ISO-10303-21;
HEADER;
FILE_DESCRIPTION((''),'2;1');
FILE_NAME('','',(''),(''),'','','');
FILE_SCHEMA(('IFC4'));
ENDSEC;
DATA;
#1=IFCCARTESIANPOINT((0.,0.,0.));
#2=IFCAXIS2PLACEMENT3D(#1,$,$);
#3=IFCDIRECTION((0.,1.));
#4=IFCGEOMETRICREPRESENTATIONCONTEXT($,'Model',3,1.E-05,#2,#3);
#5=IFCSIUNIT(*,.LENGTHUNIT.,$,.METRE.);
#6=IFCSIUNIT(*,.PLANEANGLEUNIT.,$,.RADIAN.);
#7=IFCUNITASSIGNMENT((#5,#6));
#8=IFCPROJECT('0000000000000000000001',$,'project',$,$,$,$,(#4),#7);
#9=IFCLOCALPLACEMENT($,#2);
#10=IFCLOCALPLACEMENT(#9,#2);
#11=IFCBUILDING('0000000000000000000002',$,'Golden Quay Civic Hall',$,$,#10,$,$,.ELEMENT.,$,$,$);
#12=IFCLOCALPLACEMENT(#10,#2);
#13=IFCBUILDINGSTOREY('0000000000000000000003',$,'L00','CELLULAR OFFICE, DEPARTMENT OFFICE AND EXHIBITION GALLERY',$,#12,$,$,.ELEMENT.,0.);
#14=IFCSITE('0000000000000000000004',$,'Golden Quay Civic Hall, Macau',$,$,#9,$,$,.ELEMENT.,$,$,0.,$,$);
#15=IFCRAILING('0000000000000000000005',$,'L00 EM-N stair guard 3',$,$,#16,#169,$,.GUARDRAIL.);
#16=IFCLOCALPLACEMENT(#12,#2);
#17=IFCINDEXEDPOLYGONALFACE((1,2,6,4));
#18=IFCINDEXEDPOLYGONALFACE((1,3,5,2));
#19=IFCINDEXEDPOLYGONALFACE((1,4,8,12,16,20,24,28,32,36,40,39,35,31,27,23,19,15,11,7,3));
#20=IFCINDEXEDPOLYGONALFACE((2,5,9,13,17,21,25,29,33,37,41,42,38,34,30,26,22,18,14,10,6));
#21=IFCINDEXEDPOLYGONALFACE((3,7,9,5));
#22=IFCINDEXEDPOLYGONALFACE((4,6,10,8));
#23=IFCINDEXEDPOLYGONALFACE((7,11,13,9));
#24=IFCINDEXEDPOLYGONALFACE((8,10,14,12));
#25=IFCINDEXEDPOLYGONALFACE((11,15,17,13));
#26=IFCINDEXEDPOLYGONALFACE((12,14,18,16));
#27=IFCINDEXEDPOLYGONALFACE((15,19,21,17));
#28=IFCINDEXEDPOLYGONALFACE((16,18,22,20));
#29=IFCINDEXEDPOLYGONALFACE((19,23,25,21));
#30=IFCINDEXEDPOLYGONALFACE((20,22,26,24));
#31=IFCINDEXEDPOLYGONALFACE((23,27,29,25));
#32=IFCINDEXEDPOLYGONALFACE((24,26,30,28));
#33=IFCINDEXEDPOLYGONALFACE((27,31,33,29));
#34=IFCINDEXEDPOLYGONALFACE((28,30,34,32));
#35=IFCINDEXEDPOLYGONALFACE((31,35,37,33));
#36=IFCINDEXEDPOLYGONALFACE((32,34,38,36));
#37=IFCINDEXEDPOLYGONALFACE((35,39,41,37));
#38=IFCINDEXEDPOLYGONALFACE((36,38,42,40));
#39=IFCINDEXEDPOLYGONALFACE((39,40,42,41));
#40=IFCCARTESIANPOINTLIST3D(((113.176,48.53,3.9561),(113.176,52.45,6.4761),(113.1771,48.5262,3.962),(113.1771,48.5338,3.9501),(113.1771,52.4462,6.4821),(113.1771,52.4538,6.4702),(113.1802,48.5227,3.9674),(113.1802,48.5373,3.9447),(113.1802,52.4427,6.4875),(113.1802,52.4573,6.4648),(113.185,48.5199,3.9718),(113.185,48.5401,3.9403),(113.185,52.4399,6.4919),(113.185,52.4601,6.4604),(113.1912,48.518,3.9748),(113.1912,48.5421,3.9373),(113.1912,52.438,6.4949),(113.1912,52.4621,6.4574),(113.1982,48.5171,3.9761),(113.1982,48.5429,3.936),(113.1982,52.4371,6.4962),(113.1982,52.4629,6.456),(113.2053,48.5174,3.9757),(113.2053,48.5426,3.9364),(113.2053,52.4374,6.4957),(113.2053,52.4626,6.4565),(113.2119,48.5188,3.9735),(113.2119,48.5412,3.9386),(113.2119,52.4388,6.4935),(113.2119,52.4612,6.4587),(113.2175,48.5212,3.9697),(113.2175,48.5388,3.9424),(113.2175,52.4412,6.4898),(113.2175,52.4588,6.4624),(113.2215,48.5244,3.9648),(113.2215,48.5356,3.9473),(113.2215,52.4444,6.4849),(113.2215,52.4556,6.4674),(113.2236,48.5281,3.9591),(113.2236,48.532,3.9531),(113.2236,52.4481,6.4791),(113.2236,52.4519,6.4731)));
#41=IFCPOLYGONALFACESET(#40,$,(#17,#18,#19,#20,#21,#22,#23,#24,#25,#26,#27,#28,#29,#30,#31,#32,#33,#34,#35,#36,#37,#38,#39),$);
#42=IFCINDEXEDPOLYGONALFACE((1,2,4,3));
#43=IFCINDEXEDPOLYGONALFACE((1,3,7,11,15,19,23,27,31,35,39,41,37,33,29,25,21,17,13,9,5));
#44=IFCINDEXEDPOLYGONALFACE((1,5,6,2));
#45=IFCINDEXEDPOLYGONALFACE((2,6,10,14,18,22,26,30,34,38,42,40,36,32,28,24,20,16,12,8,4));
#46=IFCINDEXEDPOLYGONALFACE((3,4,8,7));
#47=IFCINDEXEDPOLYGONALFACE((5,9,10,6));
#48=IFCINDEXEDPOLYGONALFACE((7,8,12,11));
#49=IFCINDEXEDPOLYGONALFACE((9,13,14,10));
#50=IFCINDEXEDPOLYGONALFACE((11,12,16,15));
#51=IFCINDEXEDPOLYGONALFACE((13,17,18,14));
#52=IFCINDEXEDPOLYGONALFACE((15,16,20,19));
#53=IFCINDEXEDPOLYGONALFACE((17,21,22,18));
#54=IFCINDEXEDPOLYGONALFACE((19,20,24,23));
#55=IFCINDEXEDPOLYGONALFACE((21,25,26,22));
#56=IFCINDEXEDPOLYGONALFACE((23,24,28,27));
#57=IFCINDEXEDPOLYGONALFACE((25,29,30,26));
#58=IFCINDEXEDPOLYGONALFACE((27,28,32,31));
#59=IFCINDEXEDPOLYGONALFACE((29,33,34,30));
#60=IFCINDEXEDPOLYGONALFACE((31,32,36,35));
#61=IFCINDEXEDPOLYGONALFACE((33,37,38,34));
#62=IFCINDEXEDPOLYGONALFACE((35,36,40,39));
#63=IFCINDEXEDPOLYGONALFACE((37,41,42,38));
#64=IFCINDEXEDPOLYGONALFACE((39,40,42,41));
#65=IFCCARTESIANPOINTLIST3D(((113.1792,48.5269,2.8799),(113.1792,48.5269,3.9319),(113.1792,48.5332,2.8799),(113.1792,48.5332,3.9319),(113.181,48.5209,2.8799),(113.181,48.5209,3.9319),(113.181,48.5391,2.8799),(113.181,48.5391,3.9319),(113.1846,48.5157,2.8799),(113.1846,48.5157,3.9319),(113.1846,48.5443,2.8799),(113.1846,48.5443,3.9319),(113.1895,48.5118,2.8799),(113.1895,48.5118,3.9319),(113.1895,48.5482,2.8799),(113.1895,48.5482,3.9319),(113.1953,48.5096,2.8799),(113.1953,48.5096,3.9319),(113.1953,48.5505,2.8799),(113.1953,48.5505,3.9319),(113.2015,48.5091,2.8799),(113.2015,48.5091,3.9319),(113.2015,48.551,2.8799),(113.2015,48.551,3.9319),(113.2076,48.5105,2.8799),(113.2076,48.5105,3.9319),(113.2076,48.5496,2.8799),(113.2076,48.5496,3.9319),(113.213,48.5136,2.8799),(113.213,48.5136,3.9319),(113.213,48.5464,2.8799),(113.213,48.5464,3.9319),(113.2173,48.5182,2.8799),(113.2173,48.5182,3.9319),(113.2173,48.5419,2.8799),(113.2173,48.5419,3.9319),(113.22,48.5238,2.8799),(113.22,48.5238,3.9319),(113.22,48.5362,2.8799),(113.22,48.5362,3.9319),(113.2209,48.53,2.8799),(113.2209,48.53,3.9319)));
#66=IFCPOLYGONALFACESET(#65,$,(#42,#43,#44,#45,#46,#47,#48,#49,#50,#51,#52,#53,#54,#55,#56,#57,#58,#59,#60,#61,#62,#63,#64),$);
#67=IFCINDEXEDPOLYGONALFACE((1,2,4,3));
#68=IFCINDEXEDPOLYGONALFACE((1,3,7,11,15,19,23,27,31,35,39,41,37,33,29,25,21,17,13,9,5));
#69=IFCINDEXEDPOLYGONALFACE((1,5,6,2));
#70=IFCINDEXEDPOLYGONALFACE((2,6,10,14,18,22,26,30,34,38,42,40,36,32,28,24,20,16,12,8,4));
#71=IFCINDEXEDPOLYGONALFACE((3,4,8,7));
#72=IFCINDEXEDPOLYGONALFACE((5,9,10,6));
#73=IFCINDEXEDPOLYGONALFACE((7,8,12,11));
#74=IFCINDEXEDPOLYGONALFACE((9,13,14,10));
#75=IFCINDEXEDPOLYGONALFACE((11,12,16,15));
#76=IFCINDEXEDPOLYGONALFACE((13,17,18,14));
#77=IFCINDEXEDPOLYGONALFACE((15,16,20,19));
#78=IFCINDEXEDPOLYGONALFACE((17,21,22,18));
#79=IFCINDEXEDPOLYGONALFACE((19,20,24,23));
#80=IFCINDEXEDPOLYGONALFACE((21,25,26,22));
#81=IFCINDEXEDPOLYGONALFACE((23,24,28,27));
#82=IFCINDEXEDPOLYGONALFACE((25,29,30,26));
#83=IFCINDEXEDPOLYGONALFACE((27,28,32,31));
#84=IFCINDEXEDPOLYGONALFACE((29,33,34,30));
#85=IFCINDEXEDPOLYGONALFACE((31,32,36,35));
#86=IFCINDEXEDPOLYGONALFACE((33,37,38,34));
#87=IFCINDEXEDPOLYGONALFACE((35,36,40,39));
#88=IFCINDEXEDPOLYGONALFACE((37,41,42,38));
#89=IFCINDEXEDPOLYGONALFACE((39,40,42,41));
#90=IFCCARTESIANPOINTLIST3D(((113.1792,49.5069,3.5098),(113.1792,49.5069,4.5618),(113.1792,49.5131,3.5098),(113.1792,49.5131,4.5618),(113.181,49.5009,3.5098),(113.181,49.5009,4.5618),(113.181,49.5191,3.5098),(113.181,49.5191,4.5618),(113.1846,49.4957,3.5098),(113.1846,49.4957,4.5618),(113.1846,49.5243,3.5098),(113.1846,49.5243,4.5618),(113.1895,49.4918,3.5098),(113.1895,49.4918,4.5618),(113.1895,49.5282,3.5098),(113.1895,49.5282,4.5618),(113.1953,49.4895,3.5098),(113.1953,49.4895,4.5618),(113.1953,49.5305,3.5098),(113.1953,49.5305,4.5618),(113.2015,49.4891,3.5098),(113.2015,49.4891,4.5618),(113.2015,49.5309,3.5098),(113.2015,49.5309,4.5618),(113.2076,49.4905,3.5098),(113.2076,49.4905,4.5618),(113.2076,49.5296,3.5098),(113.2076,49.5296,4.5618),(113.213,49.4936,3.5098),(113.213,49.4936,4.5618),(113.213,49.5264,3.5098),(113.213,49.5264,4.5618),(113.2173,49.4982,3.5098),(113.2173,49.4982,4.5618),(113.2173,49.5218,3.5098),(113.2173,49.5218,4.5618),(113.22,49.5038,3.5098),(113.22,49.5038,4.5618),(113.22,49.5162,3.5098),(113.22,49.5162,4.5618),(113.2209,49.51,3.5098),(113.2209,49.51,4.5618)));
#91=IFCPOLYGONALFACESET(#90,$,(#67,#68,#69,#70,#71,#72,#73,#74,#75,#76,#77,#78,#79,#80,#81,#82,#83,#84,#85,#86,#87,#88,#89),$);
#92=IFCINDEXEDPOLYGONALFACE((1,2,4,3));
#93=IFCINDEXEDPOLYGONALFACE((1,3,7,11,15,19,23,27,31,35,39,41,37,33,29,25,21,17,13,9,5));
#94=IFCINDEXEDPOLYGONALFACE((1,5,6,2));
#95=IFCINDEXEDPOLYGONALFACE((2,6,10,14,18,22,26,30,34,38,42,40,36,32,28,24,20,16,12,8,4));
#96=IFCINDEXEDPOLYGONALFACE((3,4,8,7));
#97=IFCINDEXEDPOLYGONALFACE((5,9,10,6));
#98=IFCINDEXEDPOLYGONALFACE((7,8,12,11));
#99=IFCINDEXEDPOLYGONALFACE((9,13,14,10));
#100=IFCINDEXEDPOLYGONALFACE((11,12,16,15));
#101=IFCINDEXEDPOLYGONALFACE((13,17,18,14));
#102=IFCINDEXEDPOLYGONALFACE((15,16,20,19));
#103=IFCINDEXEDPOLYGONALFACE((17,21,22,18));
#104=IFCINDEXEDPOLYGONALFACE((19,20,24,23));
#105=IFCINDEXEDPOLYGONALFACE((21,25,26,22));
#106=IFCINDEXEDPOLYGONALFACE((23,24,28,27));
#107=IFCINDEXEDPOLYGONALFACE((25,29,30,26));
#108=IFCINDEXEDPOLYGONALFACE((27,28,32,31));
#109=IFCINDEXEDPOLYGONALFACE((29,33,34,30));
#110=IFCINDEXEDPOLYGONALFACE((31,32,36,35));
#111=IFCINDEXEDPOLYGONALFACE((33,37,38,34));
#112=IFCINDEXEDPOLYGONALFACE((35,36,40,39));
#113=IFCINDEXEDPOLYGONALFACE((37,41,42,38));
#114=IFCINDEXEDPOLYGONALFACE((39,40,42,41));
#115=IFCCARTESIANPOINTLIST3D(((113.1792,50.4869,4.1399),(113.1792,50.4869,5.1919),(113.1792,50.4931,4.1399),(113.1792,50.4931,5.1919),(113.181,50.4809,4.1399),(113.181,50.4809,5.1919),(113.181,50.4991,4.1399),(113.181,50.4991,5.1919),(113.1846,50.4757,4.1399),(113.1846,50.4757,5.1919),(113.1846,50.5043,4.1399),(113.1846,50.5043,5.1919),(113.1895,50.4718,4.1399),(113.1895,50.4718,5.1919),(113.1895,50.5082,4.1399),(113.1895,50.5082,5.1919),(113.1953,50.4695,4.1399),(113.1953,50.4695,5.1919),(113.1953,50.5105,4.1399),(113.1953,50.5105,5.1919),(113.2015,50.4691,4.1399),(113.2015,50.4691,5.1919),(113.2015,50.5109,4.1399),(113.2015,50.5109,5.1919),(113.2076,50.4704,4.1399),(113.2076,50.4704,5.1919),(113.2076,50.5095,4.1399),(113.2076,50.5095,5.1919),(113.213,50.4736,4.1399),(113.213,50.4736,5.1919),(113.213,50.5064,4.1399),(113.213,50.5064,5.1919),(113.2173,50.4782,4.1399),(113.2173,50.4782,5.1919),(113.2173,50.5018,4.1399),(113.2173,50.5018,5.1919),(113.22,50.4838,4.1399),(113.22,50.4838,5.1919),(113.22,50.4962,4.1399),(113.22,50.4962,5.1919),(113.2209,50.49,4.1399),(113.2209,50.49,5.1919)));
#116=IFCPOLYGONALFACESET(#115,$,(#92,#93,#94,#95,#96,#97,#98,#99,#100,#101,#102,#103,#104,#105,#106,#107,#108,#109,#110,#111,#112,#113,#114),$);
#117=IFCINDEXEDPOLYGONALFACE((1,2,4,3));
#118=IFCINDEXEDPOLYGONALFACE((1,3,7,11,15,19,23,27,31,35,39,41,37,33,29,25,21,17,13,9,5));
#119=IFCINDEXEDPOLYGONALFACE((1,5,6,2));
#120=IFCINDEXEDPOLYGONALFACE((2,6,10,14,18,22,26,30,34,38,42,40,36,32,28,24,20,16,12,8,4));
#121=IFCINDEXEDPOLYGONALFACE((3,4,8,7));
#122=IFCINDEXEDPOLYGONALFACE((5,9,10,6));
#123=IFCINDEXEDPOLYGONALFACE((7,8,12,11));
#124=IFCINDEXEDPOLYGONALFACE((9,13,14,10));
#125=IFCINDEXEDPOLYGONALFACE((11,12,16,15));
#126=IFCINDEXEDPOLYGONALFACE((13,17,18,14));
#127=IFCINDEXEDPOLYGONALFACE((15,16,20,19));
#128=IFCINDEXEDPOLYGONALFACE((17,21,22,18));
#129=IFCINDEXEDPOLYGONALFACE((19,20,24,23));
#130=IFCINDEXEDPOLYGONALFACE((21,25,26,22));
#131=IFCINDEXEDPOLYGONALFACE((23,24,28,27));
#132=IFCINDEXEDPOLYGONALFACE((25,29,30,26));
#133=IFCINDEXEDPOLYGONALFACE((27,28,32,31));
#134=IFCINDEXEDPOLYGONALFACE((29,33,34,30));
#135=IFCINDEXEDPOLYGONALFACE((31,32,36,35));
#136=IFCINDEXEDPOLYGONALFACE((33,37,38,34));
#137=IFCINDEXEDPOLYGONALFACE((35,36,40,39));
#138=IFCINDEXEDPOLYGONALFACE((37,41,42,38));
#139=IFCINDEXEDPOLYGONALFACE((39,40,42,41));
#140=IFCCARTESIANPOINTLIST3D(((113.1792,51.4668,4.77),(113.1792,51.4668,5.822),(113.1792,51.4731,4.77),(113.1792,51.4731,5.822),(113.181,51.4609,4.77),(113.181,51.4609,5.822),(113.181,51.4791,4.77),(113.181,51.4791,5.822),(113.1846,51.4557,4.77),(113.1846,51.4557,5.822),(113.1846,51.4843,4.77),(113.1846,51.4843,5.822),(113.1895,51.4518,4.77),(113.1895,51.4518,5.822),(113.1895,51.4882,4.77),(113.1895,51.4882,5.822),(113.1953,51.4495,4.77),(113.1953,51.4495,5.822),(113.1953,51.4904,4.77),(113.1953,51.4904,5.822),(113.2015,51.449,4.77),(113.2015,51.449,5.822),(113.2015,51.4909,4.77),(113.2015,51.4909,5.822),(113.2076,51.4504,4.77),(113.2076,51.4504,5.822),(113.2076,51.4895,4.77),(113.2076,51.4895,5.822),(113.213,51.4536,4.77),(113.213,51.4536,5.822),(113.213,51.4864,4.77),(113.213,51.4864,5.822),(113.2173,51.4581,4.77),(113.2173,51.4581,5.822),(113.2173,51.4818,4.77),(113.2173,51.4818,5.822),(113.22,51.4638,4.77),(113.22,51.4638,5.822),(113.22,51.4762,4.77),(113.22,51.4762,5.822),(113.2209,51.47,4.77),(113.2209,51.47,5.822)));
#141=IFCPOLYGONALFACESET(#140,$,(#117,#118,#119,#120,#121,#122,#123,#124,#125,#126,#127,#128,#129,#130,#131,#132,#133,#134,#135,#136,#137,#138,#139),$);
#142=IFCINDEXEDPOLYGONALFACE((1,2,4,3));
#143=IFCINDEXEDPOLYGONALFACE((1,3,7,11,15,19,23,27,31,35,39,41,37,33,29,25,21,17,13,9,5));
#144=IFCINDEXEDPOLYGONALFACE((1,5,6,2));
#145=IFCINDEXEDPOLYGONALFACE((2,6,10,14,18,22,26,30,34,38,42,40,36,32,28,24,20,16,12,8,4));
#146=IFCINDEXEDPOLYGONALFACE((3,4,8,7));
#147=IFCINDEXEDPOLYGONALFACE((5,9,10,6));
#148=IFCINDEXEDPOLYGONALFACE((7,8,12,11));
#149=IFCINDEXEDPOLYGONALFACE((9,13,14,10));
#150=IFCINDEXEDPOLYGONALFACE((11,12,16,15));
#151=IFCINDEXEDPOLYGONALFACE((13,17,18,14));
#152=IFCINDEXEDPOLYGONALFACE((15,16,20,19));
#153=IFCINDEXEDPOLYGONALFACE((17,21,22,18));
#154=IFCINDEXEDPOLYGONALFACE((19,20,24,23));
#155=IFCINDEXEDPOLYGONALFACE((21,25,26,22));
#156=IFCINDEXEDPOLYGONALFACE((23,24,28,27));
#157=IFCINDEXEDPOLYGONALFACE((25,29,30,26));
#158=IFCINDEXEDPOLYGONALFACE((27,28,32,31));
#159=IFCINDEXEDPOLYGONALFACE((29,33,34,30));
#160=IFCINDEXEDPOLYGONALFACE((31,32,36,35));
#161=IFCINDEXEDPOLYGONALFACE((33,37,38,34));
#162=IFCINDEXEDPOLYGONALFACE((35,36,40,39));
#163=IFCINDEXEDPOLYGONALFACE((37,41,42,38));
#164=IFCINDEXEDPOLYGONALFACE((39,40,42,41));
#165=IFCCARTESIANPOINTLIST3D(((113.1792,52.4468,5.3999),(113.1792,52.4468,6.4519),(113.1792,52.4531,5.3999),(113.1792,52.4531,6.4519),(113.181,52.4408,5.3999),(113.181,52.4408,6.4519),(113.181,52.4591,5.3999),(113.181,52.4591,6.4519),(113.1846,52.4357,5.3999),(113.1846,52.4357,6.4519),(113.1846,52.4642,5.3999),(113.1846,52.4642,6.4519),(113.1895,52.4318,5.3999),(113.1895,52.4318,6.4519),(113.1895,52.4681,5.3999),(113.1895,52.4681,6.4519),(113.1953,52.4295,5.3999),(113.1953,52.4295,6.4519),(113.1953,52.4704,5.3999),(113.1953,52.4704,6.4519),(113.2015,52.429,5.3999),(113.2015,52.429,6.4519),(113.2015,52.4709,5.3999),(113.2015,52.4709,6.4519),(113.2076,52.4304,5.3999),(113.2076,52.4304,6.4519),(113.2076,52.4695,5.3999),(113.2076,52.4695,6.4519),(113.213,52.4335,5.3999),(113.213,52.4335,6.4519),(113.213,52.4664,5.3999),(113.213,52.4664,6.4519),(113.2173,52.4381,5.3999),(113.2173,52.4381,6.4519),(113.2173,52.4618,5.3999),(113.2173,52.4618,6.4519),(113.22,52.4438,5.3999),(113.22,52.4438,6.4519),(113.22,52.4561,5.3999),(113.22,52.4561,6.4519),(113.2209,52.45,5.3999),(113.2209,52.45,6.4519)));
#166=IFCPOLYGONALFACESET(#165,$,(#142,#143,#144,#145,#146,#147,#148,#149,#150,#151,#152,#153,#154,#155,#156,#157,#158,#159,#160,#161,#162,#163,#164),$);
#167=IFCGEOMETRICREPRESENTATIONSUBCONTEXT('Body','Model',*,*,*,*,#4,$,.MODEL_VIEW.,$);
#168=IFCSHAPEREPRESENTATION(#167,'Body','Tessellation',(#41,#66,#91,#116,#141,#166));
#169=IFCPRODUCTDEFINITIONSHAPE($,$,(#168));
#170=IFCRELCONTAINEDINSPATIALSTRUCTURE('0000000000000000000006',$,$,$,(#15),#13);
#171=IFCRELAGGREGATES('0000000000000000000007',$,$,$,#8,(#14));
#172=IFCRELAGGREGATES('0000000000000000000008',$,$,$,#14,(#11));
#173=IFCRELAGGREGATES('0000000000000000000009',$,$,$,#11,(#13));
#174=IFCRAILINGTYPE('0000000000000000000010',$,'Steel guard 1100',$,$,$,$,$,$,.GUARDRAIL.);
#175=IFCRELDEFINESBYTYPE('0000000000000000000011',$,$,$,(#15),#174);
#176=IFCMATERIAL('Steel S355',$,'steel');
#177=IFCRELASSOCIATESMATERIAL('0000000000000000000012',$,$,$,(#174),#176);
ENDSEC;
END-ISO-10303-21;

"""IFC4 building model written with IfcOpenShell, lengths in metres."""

from ifc_helpers import new_model, si_unit, direction, frame, origin, origin_2d, place, context, subcontext, project, spatial, circle, extrude, material, type_object, element, save


model = new_model("IFC4")

# Units and contexts
model_context = context("Model", 3, precision=1e-05, world=origin(), true_north=direction((0.0, 1.0)))
body_context = subcontext(model_context, "Body", "Model", "MODEL_VIEW")
ifc_project = project(units=[si_unit("LENGTHUNIT", "METRE"), si_unit("PLANEANGLEUNIT", "RADIAN")], contexts=[model_context])

# Site, building, storey
site_placement = place(None, origin())
site = spatial("IfcSite", under=ifc_project, at=site_placement, Name="Golden Quay Civic Hall, Macau", CompositionType="ELEMENT", RefElevation=0.0)
building_placement = place(site_placement, origin())
building = spatial("IfcBuilding", under=site, at=building_placement, Name="Golden Quay Civic Hall", CompositionType="ELEMENT")
storey_placement = place(building_placement, origin())
storey = spatial("IfcBuildingStorey", under=building, at=storey_placement, Name="L00", Description="CELLULAR OFFICE, DEPARTMENT OFFICE AND EXHIBITION GALLERY", CompositionType="ELEMENT", Elevation=0.0)

# Railing
ifc_material_1 = material(Name="Steel S355", Category="steel")
railing_type_1 = type_object("IfcRailingType", Name="Steel guard 1100", PredefinedType="GUARDRAIL", material=ifc_material_1)
railing_1_placement = place(storey_placement, frame((113.2, 48.53, 2.8799)))
element("IfcRailing", 1, at=railing_1_placement, inside=storey, type_object=railing_type_1, Name="L00 EM-N stair guard 3", PredefinedType="GUARDRAIL", context=body_context, shape_type="SweptSolid", body=[
    extrude(circle(Radius=0.0239, at=origin_2d()), frame((0.0, 0.0, 1.0762), z_axis=(0.0, 0.841172, 0.540768), x_axis=(-1.0, 0.0, 0.0)), (0.0, 0.0, 1.0), 4.6602),
    extrude(circle(Radius=0.021, at=origin_2d()), origin(), (0.0, 0.0, 1.0), 1.052),
    extrude(circle(Radius=0.021, at=origin_2d()), frame((0.0, 0.98, 0.6299)), (0.0, 0.0, 1.0), 1.052),
    extrude(circle(Radius=0.021, at=origin_2d()), frame((0.0, 1.96, 1.26)), (0.0, 0.0, 1.0), 1.052),
    extrude(circle(Radius=0.021, at=origin_2d()), frame((0.0, 2.9399, 1.8901)), (0.0, 0.0, 1.0), 1.052),
    extrude(circle(Radius=0.021, at=origin_2d()), frame((0.0, 3.9199, 2.52)), (0.0, 0.0, 1.0), 1.052),
])

save(model, "model.ifc")
